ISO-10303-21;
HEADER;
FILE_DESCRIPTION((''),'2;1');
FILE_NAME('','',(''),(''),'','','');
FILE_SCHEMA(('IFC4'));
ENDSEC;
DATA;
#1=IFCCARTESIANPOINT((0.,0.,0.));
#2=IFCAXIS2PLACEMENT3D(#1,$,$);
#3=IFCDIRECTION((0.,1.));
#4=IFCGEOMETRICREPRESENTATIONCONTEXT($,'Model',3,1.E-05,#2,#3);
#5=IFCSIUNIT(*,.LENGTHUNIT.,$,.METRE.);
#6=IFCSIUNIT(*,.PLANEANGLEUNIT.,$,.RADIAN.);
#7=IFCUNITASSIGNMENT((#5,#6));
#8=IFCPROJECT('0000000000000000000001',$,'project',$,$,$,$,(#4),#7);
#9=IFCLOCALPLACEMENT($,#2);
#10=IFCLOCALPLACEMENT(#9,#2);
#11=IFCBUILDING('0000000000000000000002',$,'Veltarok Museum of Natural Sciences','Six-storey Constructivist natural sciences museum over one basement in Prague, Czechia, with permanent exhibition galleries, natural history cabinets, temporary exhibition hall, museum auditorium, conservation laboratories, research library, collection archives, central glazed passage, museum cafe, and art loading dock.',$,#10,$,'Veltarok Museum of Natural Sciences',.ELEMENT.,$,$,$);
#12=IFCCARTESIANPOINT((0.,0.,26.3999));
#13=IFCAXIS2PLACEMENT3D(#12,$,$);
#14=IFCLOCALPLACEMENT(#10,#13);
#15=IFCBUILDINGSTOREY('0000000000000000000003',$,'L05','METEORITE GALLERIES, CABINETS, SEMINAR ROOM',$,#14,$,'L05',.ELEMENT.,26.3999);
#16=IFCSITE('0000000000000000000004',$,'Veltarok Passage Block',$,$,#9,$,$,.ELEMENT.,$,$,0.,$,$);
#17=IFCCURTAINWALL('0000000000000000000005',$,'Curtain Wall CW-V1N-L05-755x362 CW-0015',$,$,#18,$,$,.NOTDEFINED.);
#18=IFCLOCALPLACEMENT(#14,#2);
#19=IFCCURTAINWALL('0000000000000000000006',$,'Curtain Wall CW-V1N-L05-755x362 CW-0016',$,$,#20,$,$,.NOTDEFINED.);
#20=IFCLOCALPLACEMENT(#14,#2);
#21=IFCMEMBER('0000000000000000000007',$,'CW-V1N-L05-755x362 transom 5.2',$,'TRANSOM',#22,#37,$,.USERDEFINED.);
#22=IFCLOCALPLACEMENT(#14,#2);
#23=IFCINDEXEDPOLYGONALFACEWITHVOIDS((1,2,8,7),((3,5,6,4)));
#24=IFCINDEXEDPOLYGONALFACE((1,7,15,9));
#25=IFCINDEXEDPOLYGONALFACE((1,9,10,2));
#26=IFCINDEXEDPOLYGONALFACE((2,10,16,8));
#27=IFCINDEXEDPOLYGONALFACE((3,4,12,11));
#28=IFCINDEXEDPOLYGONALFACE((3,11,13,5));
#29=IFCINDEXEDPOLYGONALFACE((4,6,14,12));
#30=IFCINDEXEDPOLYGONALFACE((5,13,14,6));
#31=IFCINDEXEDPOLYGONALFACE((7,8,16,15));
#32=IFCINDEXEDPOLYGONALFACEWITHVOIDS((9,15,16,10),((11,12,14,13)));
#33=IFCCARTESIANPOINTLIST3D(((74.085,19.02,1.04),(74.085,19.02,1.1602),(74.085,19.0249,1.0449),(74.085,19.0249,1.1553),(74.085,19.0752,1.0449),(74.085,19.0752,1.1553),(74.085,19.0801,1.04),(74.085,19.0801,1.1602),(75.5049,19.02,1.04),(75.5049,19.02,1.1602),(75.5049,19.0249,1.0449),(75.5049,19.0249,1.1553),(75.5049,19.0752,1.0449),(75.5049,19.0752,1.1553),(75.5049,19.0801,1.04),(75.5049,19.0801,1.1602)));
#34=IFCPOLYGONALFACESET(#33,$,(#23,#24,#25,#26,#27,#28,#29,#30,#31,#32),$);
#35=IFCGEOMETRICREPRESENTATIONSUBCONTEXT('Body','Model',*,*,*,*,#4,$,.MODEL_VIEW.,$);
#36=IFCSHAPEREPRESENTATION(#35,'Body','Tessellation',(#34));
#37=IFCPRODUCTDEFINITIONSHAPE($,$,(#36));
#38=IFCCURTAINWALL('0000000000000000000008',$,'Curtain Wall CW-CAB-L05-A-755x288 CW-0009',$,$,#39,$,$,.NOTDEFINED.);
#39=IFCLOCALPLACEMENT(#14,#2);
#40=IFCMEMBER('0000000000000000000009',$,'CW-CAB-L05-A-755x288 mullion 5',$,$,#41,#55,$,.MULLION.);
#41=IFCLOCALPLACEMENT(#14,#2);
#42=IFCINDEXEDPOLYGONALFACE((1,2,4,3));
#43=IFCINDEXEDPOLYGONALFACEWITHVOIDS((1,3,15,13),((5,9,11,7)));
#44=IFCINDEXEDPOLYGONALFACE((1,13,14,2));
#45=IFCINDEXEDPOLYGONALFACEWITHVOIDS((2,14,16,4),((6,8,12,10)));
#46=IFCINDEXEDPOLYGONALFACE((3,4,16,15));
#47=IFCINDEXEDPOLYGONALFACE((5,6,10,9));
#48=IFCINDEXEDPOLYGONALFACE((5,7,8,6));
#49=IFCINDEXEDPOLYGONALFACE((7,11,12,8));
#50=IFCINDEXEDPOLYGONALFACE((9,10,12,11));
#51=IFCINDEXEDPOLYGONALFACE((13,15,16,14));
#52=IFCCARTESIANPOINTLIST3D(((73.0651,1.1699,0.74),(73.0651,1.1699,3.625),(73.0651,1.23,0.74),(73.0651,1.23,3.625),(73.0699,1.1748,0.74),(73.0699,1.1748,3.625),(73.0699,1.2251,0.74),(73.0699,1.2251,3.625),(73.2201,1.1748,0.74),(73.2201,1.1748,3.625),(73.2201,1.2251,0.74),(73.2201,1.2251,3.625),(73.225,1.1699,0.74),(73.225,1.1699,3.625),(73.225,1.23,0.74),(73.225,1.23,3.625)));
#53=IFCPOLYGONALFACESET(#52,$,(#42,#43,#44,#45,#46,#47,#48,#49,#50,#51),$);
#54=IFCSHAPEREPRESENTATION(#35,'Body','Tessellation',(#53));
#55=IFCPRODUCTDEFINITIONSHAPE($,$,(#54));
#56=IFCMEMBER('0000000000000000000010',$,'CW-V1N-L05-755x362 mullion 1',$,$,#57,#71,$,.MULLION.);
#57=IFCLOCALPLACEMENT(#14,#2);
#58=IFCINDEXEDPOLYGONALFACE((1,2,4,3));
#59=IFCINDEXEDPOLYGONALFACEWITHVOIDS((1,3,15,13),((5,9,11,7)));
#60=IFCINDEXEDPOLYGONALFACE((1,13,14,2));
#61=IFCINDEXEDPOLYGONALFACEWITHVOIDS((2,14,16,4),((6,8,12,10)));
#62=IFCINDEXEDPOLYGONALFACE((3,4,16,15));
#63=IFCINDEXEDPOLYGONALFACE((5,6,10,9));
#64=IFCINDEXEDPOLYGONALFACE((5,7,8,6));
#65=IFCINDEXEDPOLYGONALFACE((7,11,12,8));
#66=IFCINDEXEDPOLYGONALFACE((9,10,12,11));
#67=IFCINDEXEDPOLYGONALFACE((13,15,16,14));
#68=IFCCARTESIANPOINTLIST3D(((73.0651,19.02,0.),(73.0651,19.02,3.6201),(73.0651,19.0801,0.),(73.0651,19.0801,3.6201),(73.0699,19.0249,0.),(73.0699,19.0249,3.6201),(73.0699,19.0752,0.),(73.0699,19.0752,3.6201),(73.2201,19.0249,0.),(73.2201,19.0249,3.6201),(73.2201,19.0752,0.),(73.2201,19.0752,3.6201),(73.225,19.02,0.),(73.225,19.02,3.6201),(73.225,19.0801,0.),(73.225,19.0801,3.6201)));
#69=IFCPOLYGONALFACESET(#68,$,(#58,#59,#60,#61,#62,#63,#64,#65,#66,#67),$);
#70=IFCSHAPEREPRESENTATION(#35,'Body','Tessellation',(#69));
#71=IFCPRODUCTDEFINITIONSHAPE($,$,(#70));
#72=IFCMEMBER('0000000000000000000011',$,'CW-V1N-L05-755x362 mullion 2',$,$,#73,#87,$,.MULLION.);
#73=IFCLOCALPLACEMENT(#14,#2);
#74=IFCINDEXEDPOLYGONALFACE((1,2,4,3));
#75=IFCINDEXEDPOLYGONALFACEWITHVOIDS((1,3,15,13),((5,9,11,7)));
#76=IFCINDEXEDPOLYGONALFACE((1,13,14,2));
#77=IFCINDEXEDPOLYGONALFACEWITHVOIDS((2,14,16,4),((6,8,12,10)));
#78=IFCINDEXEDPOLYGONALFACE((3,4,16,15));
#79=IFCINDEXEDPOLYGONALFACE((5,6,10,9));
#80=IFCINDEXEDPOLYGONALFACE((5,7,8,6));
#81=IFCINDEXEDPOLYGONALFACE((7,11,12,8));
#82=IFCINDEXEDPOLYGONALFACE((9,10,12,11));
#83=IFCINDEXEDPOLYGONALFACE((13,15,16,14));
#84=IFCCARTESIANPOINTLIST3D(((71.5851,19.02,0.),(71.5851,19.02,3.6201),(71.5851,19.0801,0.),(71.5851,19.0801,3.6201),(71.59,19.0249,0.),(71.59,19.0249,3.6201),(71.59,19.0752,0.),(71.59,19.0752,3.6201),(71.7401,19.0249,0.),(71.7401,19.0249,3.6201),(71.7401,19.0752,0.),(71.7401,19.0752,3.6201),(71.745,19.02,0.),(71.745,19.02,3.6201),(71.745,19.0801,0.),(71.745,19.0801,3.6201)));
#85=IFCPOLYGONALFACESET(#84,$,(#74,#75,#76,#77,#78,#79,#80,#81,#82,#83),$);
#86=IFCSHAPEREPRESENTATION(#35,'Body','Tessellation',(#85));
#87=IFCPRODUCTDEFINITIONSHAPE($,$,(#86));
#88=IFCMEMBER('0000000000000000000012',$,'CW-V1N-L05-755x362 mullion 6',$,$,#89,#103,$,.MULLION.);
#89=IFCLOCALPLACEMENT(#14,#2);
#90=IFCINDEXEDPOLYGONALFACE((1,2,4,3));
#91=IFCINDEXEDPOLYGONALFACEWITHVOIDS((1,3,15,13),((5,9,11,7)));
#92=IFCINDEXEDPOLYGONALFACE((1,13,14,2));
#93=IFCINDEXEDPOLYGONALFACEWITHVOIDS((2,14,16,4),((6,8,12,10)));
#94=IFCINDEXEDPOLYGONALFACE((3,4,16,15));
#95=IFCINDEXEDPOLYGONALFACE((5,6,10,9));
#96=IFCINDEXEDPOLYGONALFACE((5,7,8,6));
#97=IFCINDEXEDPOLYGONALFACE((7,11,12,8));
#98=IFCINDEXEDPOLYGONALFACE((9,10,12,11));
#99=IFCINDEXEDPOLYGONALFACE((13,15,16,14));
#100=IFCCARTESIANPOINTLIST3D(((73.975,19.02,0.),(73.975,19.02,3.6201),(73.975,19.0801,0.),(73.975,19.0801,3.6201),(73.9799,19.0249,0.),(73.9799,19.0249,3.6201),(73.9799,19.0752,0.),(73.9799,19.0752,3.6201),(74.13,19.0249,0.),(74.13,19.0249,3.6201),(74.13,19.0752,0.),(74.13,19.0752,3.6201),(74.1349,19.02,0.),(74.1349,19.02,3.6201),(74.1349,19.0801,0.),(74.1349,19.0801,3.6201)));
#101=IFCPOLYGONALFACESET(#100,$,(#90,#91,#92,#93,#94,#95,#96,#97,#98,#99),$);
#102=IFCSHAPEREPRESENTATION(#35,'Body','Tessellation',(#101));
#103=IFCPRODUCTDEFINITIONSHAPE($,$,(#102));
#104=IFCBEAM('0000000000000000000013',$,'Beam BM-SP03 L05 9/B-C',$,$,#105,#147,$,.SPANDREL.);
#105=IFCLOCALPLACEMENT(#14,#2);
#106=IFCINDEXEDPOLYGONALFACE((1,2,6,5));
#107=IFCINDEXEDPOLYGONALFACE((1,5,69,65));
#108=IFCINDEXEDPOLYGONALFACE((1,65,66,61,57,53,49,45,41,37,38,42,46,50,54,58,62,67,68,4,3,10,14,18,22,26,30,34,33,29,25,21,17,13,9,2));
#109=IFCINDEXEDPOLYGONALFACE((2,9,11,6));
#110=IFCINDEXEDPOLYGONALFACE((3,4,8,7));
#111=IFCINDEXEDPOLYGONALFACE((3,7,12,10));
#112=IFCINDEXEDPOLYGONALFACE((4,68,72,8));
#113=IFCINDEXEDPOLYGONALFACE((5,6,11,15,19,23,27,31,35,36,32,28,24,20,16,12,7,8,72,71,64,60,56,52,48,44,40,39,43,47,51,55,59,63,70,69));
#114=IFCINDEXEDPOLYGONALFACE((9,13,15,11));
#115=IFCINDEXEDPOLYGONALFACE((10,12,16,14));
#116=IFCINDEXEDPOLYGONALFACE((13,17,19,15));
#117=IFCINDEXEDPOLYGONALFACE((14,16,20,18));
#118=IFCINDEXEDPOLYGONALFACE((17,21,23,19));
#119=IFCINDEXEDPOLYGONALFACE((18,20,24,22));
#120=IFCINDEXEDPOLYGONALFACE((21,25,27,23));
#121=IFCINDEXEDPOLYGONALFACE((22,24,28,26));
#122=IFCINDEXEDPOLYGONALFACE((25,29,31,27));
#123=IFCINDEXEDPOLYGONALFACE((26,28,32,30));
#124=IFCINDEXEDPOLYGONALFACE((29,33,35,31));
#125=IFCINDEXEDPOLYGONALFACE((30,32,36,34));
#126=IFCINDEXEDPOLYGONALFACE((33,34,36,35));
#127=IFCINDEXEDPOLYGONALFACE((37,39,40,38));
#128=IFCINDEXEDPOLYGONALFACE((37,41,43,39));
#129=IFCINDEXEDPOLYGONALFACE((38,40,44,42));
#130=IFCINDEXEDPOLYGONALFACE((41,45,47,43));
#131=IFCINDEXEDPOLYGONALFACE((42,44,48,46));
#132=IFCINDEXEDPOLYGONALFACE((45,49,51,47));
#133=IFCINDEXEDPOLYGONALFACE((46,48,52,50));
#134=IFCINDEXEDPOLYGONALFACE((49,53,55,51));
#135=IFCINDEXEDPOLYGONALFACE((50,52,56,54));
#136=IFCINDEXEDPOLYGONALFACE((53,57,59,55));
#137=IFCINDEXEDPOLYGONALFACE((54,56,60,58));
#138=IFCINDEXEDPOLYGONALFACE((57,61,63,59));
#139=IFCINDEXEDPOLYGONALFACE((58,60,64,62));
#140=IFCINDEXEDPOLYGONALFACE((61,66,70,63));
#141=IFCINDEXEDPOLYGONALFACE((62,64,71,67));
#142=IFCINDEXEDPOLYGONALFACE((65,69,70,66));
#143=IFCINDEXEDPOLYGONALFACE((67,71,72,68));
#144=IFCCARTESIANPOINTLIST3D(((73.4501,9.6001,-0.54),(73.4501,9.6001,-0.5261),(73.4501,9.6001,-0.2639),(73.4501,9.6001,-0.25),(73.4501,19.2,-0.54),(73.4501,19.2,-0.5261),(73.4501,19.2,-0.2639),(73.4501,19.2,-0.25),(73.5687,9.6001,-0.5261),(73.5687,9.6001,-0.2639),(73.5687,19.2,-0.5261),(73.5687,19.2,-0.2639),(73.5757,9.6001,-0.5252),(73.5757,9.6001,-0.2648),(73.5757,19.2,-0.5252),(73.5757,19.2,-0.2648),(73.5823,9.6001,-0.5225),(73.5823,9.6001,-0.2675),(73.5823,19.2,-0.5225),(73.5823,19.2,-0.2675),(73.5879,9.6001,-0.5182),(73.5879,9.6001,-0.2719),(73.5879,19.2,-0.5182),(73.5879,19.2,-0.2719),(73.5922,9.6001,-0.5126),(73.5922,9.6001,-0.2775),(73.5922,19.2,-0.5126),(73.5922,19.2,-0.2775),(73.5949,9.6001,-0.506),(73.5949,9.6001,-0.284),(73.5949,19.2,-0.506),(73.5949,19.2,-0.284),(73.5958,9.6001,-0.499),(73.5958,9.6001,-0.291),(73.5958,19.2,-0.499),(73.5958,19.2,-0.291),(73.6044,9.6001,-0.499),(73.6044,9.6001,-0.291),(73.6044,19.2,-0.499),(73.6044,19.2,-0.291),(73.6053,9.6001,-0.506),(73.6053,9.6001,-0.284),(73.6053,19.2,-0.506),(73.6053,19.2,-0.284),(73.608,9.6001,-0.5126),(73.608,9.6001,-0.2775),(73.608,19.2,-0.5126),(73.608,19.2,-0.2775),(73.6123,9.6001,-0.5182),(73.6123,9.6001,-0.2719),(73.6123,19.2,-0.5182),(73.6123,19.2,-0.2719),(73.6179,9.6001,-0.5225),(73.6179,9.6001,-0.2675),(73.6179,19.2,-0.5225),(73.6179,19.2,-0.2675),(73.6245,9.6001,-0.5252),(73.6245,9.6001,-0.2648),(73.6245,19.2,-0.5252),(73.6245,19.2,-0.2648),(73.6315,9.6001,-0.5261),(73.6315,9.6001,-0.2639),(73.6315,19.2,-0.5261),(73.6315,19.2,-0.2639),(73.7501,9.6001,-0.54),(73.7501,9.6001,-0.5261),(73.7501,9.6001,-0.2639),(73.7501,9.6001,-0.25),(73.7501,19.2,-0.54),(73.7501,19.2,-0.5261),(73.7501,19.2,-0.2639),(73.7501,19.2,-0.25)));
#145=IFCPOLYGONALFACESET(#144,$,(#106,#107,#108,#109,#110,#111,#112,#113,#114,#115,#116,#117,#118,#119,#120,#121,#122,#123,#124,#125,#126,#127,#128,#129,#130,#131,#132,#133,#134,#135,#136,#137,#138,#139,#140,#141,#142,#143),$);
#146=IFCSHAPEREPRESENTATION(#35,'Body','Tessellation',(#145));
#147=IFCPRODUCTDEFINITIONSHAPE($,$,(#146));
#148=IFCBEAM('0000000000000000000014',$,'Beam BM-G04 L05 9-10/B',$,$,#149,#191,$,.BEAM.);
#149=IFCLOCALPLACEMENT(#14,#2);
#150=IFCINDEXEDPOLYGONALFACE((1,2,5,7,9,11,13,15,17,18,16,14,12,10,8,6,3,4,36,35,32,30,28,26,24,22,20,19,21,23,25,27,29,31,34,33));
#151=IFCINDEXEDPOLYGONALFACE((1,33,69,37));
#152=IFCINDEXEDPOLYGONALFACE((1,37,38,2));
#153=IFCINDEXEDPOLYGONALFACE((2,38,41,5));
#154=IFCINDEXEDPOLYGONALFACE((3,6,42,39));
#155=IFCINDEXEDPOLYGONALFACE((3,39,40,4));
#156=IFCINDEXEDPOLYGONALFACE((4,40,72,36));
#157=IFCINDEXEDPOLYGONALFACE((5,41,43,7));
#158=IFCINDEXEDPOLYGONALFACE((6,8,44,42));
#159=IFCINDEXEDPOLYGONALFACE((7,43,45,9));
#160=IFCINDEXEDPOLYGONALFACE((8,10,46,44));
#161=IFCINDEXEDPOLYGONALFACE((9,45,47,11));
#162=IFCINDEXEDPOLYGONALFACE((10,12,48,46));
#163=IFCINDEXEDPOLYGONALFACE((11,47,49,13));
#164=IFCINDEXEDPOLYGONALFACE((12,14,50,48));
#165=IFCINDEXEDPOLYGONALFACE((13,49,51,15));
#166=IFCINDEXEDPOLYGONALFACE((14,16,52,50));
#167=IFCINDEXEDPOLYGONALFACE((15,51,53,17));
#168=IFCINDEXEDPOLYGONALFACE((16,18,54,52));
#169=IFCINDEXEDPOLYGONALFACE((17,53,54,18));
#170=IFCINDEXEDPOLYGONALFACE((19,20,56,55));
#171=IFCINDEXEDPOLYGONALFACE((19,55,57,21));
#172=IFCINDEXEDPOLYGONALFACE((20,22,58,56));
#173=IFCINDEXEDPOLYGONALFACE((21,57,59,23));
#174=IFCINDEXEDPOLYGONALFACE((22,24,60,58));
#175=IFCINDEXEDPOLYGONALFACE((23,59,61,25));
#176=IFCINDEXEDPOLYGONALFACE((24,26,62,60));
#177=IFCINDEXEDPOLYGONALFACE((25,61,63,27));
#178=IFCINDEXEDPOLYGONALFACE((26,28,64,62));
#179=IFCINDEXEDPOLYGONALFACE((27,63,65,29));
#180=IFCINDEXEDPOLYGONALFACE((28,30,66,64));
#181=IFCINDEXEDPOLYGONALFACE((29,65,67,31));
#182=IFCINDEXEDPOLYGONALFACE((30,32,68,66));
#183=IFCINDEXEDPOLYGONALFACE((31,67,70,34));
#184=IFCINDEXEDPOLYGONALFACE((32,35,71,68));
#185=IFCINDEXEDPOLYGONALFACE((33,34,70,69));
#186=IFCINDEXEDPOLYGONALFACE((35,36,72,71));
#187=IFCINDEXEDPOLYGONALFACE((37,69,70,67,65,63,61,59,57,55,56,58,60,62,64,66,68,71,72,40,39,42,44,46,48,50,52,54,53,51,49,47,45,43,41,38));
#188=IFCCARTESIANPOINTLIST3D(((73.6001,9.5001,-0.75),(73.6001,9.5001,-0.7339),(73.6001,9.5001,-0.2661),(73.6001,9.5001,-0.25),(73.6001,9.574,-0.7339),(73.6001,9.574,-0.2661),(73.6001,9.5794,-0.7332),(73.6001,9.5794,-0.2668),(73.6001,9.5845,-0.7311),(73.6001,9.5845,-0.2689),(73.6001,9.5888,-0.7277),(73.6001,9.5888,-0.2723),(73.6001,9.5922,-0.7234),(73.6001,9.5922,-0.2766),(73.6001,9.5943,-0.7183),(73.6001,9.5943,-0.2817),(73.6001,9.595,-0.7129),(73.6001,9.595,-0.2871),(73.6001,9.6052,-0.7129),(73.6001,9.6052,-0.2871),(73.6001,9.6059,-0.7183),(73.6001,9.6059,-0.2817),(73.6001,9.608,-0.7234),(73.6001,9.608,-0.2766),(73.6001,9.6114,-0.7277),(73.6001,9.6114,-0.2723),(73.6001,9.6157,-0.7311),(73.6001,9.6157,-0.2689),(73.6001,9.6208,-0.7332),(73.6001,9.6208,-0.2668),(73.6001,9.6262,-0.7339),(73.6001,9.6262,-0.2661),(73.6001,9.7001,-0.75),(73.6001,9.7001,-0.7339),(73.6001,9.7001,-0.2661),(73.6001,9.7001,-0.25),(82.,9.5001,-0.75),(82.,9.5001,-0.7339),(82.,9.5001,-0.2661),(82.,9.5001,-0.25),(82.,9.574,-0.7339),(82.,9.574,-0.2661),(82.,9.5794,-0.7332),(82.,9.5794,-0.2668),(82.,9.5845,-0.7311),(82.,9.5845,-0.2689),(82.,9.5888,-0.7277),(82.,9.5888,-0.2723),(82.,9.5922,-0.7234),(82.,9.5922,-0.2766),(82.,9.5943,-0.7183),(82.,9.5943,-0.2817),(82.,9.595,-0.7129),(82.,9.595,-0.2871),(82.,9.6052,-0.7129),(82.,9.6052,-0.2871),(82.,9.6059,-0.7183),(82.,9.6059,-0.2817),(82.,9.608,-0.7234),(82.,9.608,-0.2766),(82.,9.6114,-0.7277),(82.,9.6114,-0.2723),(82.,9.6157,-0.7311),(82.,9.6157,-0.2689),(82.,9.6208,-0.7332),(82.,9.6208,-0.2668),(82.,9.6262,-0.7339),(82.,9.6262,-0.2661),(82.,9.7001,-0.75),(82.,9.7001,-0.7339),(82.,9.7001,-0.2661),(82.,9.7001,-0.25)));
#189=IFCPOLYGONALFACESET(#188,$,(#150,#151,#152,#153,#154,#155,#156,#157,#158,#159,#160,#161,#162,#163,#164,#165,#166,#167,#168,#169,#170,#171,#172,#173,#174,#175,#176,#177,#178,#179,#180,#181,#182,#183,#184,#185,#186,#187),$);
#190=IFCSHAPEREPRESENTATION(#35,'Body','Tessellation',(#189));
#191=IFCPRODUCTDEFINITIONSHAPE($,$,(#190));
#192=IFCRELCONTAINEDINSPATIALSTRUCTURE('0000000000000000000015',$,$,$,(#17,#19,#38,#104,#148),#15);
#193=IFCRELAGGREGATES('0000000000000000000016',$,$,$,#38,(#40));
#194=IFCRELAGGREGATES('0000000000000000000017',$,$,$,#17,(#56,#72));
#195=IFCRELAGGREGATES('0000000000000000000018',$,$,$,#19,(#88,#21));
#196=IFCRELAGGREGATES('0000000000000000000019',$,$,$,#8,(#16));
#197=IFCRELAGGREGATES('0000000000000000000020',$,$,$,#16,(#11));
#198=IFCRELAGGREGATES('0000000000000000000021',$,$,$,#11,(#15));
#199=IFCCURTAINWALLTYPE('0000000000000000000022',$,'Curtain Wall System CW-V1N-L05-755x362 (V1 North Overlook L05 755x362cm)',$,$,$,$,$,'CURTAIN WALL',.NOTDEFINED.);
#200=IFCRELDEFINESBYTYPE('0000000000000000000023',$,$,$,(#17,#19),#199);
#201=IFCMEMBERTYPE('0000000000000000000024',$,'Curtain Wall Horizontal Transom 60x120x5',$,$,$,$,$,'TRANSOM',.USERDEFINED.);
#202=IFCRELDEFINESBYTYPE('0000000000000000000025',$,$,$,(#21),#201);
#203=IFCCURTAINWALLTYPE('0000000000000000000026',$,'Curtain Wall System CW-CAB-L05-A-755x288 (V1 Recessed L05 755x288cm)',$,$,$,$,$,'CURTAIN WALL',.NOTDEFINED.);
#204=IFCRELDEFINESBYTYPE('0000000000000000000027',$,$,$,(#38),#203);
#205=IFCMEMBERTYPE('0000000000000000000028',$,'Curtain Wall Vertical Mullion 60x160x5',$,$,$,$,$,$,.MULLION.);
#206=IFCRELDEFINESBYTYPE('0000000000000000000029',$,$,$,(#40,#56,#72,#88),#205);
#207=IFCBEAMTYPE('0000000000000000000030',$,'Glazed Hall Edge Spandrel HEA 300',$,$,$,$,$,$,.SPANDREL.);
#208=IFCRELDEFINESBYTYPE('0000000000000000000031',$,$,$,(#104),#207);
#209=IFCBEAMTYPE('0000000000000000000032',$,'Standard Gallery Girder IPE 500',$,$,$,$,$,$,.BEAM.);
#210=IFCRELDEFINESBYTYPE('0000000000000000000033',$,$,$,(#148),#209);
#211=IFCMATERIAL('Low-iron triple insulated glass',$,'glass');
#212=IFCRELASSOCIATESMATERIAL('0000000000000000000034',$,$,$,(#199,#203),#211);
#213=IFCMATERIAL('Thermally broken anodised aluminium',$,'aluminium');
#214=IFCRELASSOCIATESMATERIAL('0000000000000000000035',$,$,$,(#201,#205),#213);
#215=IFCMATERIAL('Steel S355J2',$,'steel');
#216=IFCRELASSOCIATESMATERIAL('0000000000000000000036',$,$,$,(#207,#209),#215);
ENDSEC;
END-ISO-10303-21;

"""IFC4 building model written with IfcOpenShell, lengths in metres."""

from ifc_helpers import new_model, si_unit, direction, frame, origin, origin_2d, place, context, subcontext, project, spatial, hollow_rectangle, i_section, extrude, material, material_profile, profile_set, type_object, element, aggregate, save


model = new_model("IFC4")

# Units and contexts
model_context = context("Model", 3, precision=1e-05, world=origin(), true_north=direction((0.0, 1.0)))
body_context = subcontext(model_context, "Body", "Model", "MODEL_VIEW")
ifc_project = project(units=[si_unit("LENGTHUNIT", "METRE"), si_unit("PLANEANGLEUNIT", "RADIAN")], contexts=[model_context])

# Site, building, storey
site_placement = place(None, origin())
site = spatial("IfcSite", under=ifc_project, at=site_placement, Name="Veltarok Passage Block", CompositionType="ELEMENT", RefElevation=0.0)
building_placement = place(site_placement, origin())
building = spatial("IfcBuilding", under=site, at=building_placement, Name="Veltarok Museum of Natural Sciences", Description="Six-storey Constructivist natural sciences museum over one basement in Prague, Czechia, with permanent exhibition galleries, natural history cabinets, temporary exhibition hall, museum auditorium, conservation laboratories, research library, collection archives, central glazed passage, museum cafe, and art loading dock.", LongName="Veltarok Museum of Natural Sciences", CompositionType="ELEMENT")
storey_placement = place(building_placement, frame((0.0, 0.0, 26.3999)))
storey = spatial("IfcBuildingStorey", under=building, at=storey_placement, Name="L05", Description="METEORITE GALLERIES, CABINETS, SEMINAR ROOM", LongName="L05", CompositionType="ELEMENT", Elevation=26.3999)

# Shared definitions
ifc_material_1 = material(Name="Steel S355J2", Category="steel")

# Curtain walls, member
ifc_material_2 = material(Name="Low-iron triple insulated glass", Category="glass")
curtain_wall_type_1 = type_object("IfcCurtainWallType", Name="Curtain Wall System CW-V1N-L05-755x362 (V1 North Overlook L05 755x362cm)", ElementType="CURTAIN WALL", PredefinedType="NOTDEFINED", material=ifc_material_2)
curtain_wall_1_placement = place(storey_placement, origin())
curtain_wall_1 = element("IfcCurtainWall", 1, at=curtain_wall_1_placement, inside=storey, type_object=curtain_wall_type_1, Name="Curtain Wall CW-V1N-L05-755x362 CW-0015", PredefinedType="NOTDEFINED")
ifc_material_3 = material(Name="Thermally broken anodised aluminium", Category="aluminium")
ifc_material_profile_1 = material_profile(ifc_material_3, hollow_rectangle(XDim=0.0601, YDim=0.1201, WallThickness=0.0049, at=origin_2d()), Name="CW TRANSOM 60x120x5")
ifc_profile_set_1 = profile_set([ifc_material_profile_1], Name="Thermally broken anodised aluminium")
member_type_1 = type_object("IfcMemberType", Name="Curtain Wall Horizontal Transom 60x120x5", ElementType="TRANSOM", PredefinedType="USERDEFINED", material=ifc_profile_set_1)
curtain_wall_2_placement = place(storey_placement, origin())
curtain_wall_2 = element("IfcCurtainWall", 2, at=curtain_wall_2_placement, inside=storey, type_object=curtain_wall_type_1, Name="Curtain Wall CW-V1N-L05-755x362 CW-0016", PredefinedType="NOTDEFINED")
member_1_placement = place(storey_placement, frame((75.5049, 19.05, 1.1001), z_axis=(-1.0, 0.0, 0.0), x_axis=(0.0, -1.0, 0.0)))
member_1 = element("IfcMember", 3, at=member_1_placement, type_object=member_type_1, Name="CW-V1N-L05-755x362 transom 5.2", ObjectType="TRANSOM", PredefinedType="USERDEFINED", context=body_context, shape_type="SweptSolid", body=[
    extrude(hollow_rectangle(XDim=0.0601, YDim=0.1201, WallThickness=0.0049, at=origin_2d()), origin(), (0.0, 0.0, 1.0), 1.4199),
])

# Curtain wall, member
curtain_wall_type_2 = type_object("IfcCurtainWallType", Name="Curtain Wall System CW-CAB-L05-A-755x288 (V1 Recessed L05 755x288cm)", ElementType="CURTAIN WALL", PredefinedType="NOTDEFINED", material=ifc_material_2)
curtain_wall_3_placement = place(storey_placement, origin())
curtain_wall_3 = element("IfcCurtainWall", 4, at=curtain_wall_3_placement, inside=storey, type_object=curtain_wall_type_2, Name="Curtain Wall CW-CAB-L05-A-755x288 CW-0009", PredefinedType="NOTDEFINED")
ifc_material_profile_2 = material_profile(ifc_material_3, hollow_rectangle(XDim=0.0601, YDim=0.1599, WallThickness=0.0049, at=origin_2d()), Name="CW MULLION 60x160x5")
ifc_profile_set_2 = profile_set([ifc_material_profile_2], Name="Thermally broken anodised aluminium")
member_type_2 = type_object("IfcMemberType", Name="Curtain Wall Vertical Mullion 60x160x5", PredefinedType="MULLION", material=ifc_profile_set_2)
member_2_placement = place(storey_placement, frame((73.145, 1.2, 0.74), z_axis=(0.0, 0.0, 1.0), x_axis=(0.0, 1.0, 0.0)))
member_2 = element("IfcMember", 5, at=member_2_placement, type_object=member_type_2, Name="CW-CAB-L05-A-755x288 mullion 5", PredefinedType="MULLION", context=body_context, shape_type="SweptSolid", body=[
    extrude(hollow_rectangle(XDim=0.0601, YDim=0.1599, WallThickness=0.0049, at=origin_2d()), origin(), (0.0, 0.0, 1.0), 2.885),
])

# Members
member_3_placement = place(storey_placement, frame((73.145, 19.05, 0.0), z_axis=(0.0, 0.0, 1.0), x_axis=(0.0, -1.0, 0.0)))
member_3 = element("IfcMember", 6, at=member_3_placement, type_object=member_type_2, Name="CW-V1N-L05-755x362 mullion 1", PredefinedType="MULLION", context=body_context, shape_type="SweptSolid", body=[
    extrude(hollow_rectangle(XDim=0.0601, YDim=0.1599, WallThickness=0.0049, at=origin_2d()), origin(), (0.0, 0.0, 1.0), 3.6201),
])
member_4_placement = place(storey_placement, frame((71.665, 19.05, 0.0), z_axis=(0.0, 0.0, 1.0), x_axis=(0.0, -1.0, 0.0)))
member_4 = element("IfcMember", 7, at=member_4_placement, type_object=member_type_2, Name="CW-V1N-L05-755x362 mullion 2", PredefinedType="MULLION", context=body_context, shape_type="SweptSolid", body=[
    extrude(hollow_rectangle(XDim=0.0601, YDim=0.1599, WallThickness=0.0049, at=origin_2d()), origin(), (0.0, 0.0, 1.0), 3.6201),
])
member_5_placement = place(storey_placement, frame((74.0549, 19.05, 0.0), z_axis=(0.0, 0.0, 1.0), x_axis=(0.0, -1.0, 0.0)))
member_5 = element("IfcMember", 8, at=member_5_placement, type_object=member_type_2, Name="CW-V1N-L05-755x362 mullion 6", PredefinedType="MULLION", context=body_context, shape_type="SweptSolid", body=[
    extrude(hollow_rectangle(XDim=0.0601, YDim=0.1599, WallThickness=0.0049, at=origin_2d()), origin(), (0.0, 0.0, 1.0), 3.6201),
])

# Beams
ifc_material_profile_3 = material_profile(ifc_material_1, i_section(OverallWidth=0.3, OverallDepth=0.29, WebThickness=0.0085, FlangeThickness=0.0139, FilletRadius=0.0271, at=origin_2d()), Name="HEA 300")
ifc_profile_set_3 = profile_set([ifc_material_profile_3], Name="Steel S355J2")
beam_type_1 = type_object("IfcBeamType", Name="Glazed Hall Edge Spandrel HEA 300", PredefinedType="SPANDREL", material=ifc_profile_set_3)
beam_1_placement = place(storey_placement, frame((73.6001, 9.6001, -0.395), z_axis=(0.0, 1.0, 0.0), x_axis=(-1.0, 0.0, 0.0)))
element("IfcBeam", 9, at=beam_1_placement, inside=storey, type_object=beam_type_1, Name="Beam BM-SP03 L05 9/B-C", PredefinedType="SPANDREL", context=body_context, shape_type="SweptSolid", body=[
    extrude(i_section(OverallWidth=0.3, OverallDepth=0.29, WebThickness=0.0085, FlangeThickness=0.0139, FilletRadius=0.0271, at=origin_2d()), origin(), (0.0, 0.0, 1.0), 9.5999),
])
ifc_material_profile_4 = material_profile(ifc_material_1, i_section(OverallWidth=0.2, OverallDepth=0.5, WebThickness=0.0103, FlangeThickness=0.0161, FilletRadius=0.021, at=origin_2d()), Name="IPE 500")
ifc_profile_set_4 = profile_set([ifc_material_profile_4], Name="Steel S355J2")
beam_type_2 = type_object("IfcBeamType", Name="Standard Gallery Girder IPE 500", PredefinedType="BEAM", material=ifc_profile_set_4)
beam_2_placement = place(storey_placement, frame((73.6001, 9.6001, -0.5), z_axis=(1.0, 0.0, 0.0), x_axis=(0.0, 1.0, 0.0)))
element("IfcBeam", 10, at=beam_2_placement, inside=storey, type_object=beam_type_2, Name="Beam BM-G04 L05 9-10/B", PredefinedType="BEAM", context=body_context, shape_type="SweptSolid", body=[
    extrude(i_section(OverallWidth=0.2, OverallDepth=0.5, WebThickness=0.0103, FlangeThickness=0.0161, FilletRadius=0.021, at=origin_2d()), origin(), (0.0, 0.0, 1.0), 8.3999),
])

aggregate(curtain_wall_3, [member_2])
aggregate(curtain_wall_1, [member_3, member_4])
aggregate(curtain_wall_2, [member_5, member_1])

save(model, "model.ifc")
